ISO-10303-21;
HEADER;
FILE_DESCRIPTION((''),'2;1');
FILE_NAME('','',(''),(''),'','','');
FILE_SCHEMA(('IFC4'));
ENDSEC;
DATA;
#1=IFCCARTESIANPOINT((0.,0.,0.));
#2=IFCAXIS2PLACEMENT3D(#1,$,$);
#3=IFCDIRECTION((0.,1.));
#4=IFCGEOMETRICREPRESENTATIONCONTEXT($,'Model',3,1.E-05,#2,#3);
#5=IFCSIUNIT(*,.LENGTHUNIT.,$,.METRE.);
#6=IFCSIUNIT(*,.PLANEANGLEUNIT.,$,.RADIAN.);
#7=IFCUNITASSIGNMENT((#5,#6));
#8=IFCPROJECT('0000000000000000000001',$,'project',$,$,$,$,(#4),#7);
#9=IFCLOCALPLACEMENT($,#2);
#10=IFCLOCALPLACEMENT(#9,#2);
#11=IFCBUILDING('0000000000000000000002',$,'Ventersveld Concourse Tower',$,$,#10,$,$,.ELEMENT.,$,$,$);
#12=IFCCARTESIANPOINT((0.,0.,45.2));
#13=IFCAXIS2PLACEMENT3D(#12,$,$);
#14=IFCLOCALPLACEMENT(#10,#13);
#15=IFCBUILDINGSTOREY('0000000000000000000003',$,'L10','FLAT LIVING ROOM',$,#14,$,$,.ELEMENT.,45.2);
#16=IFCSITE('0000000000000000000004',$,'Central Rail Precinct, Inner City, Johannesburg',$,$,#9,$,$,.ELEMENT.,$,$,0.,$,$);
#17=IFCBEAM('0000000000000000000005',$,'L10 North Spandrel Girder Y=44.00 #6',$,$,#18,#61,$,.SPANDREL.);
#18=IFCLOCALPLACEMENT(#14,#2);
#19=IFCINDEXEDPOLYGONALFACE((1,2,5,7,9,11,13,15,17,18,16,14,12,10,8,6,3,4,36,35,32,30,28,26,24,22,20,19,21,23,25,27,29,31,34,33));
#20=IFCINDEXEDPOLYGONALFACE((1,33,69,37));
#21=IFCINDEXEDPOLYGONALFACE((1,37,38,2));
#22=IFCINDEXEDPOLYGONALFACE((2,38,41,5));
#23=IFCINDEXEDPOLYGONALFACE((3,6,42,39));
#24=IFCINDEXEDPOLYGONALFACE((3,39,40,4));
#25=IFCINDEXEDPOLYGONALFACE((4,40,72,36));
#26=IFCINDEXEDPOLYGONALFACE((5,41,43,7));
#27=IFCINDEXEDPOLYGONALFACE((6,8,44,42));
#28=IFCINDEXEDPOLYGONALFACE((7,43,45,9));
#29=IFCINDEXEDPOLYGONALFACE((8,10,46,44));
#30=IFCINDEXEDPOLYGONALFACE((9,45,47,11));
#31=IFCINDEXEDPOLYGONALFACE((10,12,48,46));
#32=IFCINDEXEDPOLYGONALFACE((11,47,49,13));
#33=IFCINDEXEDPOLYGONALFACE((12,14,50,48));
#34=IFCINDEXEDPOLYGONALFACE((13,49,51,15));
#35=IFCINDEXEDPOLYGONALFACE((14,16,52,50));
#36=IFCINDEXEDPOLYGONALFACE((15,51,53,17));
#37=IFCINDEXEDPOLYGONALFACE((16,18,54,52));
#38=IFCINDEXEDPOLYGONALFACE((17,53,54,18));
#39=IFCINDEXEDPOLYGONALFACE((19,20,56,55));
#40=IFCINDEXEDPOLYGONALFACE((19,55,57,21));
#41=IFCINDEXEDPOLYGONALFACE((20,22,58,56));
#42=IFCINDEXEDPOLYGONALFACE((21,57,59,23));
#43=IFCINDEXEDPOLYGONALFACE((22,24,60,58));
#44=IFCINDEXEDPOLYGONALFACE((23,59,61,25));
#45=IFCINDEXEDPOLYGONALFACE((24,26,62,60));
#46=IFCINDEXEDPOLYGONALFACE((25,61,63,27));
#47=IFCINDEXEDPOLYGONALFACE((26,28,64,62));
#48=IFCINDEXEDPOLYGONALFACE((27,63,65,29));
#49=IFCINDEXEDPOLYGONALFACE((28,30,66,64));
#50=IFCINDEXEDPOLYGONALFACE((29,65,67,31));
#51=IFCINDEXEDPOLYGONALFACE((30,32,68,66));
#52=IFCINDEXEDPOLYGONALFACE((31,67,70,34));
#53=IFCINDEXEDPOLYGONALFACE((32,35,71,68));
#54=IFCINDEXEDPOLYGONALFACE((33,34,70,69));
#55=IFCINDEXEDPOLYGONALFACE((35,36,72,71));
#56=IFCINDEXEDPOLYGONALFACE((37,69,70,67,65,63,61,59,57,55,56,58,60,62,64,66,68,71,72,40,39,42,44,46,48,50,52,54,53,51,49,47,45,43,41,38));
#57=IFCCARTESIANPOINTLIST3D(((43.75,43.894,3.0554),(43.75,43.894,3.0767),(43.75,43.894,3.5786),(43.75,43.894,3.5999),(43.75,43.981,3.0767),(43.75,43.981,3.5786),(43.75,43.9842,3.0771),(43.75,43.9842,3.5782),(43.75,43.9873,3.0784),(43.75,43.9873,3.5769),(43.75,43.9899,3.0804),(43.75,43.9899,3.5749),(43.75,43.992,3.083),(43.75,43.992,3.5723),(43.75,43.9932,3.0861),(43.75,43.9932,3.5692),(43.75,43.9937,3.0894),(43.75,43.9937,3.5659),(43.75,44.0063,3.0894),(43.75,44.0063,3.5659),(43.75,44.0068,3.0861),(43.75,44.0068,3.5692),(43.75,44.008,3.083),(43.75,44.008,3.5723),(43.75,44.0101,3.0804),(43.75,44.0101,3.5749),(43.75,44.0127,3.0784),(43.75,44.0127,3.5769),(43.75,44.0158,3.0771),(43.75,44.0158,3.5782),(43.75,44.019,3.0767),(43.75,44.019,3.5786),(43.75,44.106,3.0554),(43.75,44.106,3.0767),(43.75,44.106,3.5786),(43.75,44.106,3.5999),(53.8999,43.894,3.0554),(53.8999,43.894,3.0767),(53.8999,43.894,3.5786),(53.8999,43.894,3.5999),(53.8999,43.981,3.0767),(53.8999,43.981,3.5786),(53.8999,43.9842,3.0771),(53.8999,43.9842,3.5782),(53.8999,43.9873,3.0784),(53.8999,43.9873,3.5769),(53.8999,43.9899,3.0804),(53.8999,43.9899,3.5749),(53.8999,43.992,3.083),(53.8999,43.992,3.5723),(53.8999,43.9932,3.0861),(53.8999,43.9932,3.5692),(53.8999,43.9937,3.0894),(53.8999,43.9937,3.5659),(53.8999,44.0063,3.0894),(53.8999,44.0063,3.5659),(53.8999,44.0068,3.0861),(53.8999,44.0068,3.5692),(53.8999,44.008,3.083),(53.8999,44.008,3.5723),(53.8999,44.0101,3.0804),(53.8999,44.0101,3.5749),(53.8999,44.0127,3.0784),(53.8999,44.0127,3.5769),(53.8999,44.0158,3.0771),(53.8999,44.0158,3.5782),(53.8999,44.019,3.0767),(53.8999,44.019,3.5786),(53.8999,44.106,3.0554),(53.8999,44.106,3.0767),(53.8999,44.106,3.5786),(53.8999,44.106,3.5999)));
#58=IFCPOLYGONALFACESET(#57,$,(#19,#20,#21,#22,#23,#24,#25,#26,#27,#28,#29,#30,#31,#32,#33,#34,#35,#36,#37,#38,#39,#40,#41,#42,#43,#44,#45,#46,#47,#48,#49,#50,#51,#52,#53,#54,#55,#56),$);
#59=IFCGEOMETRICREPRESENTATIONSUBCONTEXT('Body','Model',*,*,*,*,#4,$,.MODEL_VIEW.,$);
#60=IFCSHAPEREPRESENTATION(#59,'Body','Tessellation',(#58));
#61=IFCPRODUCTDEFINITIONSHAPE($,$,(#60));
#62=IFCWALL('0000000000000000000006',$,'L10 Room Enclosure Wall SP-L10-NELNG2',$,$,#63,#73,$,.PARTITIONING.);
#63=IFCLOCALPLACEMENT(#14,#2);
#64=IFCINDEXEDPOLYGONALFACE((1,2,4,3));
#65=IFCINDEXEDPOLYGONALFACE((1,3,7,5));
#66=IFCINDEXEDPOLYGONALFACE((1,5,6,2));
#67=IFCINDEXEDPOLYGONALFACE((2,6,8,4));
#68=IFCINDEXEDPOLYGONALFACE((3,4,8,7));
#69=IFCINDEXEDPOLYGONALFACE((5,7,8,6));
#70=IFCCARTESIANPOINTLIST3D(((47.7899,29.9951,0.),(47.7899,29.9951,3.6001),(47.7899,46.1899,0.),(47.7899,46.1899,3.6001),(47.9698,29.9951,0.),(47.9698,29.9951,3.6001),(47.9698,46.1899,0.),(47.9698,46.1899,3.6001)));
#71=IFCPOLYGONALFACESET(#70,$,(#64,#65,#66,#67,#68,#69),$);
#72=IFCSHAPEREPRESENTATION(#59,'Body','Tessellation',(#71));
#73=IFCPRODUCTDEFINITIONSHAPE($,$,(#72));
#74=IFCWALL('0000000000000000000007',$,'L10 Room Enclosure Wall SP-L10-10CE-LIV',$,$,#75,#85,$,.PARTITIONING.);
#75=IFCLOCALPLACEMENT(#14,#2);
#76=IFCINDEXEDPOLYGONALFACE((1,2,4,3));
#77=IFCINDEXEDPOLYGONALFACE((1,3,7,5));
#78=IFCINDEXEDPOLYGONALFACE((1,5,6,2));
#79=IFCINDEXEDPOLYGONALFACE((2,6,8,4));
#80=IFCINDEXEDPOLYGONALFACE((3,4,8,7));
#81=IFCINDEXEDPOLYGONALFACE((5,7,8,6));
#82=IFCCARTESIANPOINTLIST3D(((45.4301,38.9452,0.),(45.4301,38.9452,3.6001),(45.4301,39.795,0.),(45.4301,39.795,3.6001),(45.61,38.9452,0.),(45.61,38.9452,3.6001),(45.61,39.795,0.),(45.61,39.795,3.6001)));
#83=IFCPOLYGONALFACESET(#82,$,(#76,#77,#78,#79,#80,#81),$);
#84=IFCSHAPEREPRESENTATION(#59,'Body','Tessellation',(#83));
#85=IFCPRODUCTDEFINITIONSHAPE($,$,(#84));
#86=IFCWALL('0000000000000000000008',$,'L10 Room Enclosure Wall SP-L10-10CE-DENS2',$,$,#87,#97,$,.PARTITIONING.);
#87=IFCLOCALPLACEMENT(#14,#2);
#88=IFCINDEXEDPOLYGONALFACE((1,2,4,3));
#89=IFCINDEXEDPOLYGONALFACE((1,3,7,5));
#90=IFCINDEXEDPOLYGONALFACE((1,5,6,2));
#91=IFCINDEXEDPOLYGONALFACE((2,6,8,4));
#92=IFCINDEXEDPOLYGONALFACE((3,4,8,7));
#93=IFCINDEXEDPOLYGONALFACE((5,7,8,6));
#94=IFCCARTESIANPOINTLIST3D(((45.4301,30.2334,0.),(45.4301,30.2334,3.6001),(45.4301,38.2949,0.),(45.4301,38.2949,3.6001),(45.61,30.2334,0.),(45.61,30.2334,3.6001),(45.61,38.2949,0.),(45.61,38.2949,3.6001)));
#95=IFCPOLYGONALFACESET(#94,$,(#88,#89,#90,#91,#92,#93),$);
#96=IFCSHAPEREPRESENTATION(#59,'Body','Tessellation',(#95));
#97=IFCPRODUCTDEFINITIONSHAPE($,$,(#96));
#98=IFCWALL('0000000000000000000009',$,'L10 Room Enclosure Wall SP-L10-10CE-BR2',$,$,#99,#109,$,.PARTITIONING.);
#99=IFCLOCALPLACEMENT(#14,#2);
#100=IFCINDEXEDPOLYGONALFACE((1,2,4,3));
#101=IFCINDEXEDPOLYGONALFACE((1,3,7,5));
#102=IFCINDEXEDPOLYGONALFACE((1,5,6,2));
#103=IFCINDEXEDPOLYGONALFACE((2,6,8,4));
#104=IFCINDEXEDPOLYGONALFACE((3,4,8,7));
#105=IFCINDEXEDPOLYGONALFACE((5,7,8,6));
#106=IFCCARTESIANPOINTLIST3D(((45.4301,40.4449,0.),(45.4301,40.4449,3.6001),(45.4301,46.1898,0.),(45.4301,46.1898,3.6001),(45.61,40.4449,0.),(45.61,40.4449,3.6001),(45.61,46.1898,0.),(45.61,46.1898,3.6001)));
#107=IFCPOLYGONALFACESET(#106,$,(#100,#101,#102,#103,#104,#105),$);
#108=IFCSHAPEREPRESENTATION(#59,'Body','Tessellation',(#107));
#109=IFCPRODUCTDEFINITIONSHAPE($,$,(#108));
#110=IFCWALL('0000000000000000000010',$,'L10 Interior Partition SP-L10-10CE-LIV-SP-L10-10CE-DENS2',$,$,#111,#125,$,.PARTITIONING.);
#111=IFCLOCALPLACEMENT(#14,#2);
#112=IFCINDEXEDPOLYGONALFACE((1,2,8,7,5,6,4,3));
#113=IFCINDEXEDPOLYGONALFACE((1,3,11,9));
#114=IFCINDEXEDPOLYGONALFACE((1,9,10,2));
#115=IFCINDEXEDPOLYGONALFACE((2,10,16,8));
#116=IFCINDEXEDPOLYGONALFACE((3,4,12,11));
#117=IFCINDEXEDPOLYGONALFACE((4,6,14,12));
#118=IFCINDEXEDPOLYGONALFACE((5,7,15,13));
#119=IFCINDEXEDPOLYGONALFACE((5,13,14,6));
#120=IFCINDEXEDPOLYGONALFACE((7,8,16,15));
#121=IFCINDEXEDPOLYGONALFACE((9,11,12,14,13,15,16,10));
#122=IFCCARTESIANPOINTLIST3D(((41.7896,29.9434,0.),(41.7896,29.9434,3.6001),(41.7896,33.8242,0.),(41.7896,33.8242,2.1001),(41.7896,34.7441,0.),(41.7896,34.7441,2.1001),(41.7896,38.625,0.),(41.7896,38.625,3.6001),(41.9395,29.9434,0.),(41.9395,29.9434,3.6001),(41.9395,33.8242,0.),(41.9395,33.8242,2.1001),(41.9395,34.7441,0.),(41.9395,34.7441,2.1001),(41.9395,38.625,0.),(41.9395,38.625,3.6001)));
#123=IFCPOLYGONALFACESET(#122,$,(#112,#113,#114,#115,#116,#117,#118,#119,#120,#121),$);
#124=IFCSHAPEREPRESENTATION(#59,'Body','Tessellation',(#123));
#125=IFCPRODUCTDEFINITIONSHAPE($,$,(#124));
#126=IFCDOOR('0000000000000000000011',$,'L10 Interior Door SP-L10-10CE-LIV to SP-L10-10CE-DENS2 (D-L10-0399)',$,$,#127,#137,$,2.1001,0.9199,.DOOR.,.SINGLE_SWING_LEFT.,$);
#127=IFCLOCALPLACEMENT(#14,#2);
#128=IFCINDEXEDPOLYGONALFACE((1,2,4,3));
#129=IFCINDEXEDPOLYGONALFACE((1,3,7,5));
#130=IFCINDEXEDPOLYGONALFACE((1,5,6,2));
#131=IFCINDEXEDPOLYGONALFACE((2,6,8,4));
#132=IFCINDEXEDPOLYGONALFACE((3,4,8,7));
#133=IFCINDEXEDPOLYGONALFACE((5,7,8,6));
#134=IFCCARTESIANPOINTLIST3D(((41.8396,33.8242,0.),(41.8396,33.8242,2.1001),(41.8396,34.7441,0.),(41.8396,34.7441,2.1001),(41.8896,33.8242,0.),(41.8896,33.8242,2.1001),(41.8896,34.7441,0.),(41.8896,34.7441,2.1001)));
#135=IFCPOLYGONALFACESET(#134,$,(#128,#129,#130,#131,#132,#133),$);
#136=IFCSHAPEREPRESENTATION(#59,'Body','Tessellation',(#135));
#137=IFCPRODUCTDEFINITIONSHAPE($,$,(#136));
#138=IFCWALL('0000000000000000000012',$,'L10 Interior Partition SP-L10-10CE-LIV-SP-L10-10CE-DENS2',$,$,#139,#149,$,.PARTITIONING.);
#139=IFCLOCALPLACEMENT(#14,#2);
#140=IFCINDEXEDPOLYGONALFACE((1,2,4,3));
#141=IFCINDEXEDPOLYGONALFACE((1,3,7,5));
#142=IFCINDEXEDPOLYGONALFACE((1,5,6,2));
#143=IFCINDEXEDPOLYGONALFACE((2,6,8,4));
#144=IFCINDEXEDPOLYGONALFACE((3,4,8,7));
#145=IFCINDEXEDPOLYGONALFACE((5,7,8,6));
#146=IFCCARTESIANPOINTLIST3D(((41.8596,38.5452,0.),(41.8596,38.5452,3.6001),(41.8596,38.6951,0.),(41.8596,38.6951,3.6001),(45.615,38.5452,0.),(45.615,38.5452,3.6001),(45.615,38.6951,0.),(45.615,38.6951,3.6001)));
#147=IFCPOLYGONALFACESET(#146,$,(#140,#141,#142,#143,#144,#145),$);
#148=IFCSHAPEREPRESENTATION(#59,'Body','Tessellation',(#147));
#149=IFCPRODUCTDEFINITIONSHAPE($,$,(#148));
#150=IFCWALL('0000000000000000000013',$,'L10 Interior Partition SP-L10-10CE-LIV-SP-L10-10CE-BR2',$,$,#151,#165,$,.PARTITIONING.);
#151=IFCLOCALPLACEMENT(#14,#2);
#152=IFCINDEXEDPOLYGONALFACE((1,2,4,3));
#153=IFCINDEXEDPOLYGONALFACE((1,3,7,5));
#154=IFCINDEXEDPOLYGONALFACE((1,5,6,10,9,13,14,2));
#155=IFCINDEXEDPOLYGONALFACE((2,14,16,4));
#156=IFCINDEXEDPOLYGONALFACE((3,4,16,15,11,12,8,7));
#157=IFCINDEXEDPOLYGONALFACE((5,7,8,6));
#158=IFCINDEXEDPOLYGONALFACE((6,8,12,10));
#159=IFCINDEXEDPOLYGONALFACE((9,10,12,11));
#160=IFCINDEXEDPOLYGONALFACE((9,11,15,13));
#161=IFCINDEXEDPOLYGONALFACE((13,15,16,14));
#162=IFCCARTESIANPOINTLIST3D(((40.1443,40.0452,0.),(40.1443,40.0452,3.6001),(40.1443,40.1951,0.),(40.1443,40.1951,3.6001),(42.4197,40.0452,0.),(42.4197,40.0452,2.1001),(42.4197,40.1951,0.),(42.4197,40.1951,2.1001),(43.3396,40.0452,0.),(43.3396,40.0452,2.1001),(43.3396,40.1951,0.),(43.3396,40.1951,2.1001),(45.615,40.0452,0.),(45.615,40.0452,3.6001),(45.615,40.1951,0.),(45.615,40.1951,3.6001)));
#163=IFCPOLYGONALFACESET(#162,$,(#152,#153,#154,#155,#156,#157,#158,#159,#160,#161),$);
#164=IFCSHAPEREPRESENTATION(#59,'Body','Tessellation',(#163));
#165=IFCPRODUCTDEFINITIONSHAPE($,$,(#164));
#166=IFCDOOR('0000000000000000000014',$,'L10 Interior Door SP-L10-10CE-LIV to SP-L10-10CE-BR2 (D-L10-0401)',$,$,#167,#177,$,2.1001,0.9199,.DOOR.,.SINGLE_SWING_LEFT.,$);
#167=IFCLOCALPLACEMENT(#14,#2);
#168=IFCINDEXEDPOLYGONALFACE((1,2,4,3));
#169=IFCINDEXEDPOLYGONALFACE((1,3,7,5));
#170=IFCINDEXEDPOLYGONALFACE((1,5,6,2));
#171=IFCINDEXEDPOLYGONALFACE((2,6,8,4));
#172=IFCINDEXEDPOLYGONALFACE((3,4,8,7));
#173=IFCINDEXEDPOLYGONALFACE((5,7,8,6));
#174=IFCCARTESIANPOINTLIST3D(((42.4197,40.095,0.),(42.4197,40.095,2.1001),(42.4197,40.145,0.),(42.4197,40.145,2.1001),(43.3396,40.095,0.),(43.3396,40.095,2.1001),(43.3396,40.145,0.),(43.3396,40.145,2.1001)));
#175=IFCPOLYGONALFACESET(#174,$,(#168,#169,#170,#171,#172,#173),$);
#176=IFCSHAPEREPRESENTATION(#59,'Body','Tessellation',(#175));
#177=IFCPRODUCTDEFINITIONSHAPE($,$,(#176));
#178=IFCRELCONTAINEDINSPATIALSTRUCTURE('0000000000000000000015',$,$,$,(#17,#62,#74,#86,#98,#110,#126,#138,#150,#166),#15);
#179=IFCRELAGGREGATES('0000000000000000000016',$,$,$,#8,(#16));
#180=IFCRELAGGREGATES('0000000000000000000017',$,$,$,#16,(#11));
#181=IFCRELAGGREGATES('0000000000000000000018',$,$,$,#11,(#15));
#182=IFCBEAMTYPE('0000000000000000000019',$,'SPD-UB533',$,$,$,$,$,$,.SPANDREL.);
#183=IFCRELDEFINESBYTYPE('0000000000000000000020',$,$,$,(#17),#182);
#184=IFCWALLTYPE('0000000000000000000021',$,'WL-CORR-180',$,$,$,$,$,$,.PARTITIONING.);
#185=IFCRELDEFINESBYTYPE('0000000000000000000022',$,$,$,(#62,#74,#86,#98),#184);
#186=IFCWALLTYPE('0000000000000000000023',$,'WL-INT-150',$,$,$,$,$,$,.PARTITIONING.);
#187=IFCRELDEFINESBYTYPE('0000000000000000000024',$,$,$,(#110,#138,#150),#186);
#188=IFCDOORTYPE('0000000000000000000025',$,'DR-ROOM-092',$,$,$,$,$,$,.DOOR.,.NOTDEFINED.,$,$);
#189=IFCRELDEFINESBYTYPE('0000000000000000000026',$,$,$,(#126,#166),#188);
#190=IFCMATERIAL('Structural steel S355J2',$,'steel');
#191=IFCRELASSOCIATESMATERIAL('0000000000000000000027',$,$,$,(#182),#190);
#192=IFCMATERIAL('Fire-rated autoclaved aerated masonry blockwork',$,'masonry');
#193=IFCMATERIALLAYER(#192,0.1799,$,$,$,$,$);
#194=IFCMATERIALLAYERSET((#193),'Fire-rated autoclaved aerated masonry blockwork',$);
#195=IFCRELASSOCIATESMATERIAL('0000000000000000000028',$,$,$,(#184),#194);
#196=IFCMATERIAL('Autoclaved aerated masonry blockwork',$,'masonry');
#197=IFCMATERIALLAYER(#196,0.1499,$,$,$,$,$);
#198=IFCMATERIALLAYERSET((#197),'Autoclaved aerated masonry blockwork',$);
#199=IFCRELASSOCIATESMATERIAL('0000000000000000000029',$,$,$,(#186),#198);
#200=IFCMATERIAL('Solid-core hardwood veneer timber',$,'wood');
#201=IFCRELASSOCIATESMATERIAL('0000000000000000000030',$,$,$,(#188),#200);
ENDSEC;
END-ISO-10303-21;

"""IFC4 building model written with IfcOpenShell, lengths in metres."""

from ifc_helpers import new_model, si_unit, direction, frame, frame_2d, origin, origin_2d, place, context, subcontext, project, spatial, rectangle, i_section, extrude, material, layer, layer_set, material_profile, profile_set, type_object, element, fill, save


model = new_model("IFC4")

# Units and contexts
model_context = context("Model", 3, precision=1e-05, world=origin(), true_north=direction((0.0, 1.0)))
body_context = subcontext(model_context, "Body", "Model", "MODEL_VIEW")
ifc_project = project(units=[si_unit("LENGTHUNIT", "METRE"), si_unit("PLANEANGLEUNIT", "RADIAN")], contexts=[model_context])

# Site, building, storey
site_placement = place(None, origin())
site = spatial("IfcSite", under=ifc_project, at=site_placement, Name="Central Rail Precinct, Inner City, Johannesburg", CompositionType="ELEMENT", RefElevation=0.0)
building_placement = place(site_placement, origin())
building = spatial("IfcBuilding", under=site, at=building_placement, Name="Ventersveld Concourse Tower", CompositionType="ELEMENT")
storey_placement = place(building_placement, frame((0.0, 0.0, 45.2)))
storey = spatial("IfcBuildingStorey", under=building, at=storey_placement, Name="L10", Description="FLAT LIVING ROOM", CompositionType="ELEMENT", Elevation=45.2)

# Beam
ifc_material_1 = material(Name="Structural steel S355J2", Category="steel")
ifc_material_profile_1 = material_profile(ifc_material_1, i_section(OverallWidth=0.2119, OverallDepth=0.5444, WebThickness=0.0127, FlangeThickness=0.0212, FilletRadius=0.0127, at=origin_2d()), Name="UB 533x210x122")
ifc_profile_set_1 = profile_set([ifc_material_profile_1], Name="Structural steel S355J2")
beam_type_1 = type_object("IfcBeamType", Name="SPD-UB533", PredefinedType="SPANDREL", material=ifc_profile_set_1)
beam_1_placement = place(storey_placement, frame((43.75, 44.0, 3.3276), z_axis=(1.0, 0.0, 0.0), x_axis=(0.0, 1.0, 0.0)))
element("IfcBeam", 1, at=beam_1_placement, inside=storey, type_object=beam_type_1, Name="L10 North Spandrel Girder Y=44.00 #6", PredefinedType="SPANDREL", context=body_context, shape_type="SweptSolid", body=[
    extrude(i_section(OverallWidth=0.2119, OverallDepth=0.5444, WebThickness=0.0127, FlangeThickness=0.0212, FilletRadius=0.0127, at=origin_2d()), origin(), (0.0, 0.0, 1.0), 10.1499),
])

# Walls
ifc_material_2 = material(Name="Fire-rated autoclaved aerated masonry blockwork", Category="masonry")
ifc_layer_1 = layer(ifc_material_2, 0.1799)
ifc_layer_set_1 = layer_set([ifc_layer_1], Name="Fire-rated autoclaved aerated masonry blockwork")
wall_type_1 = type_object("IfcWallType", Name="WL-CORR-180", PredefinedType="PARTITIONING", material=ifc_layer_set_1)
wall_1_placement = place(storey_placement, frame((47.8799, 29.9951, 0.0), z_axis=(0.0, 0.0, 1.0), x_axis=(0.0, 1.0, 0.0)))
element("IfcWall", 2, at=wall_1_placement, inside=storey, type_object=wall_type_1, Name="L10 Room Enclosure Wall SP-L10-NELNG2", PredefinedType="PARTITIONING", context=body_context, shape_type="SweptSolid", body=[
    extrude(rectangle(XDim=16.1948, YDim=0.1799, at=frame_2d((8.0974, 0.0))), origin(), (0.0, 0.0, 1.0), 3.6001),
])
wall_2_placement = place(storey_placement, frame((45.52, 39.7949, 0.0), z_axis=(0.0, 0.0, 1.0), x_axis=(0.0, -1.0, 0.0)))
element("IfcWall", 3, at=wall_2_placement, inside=storey, type_object=wall_type_1, Name="L10 Room Enclosure Wall SP-L10-10CE-LIV", PredefinedType="PARTITIONING", context=body_context, shape_type="SweptSolid", body=[
    extrude(rectangle(XDim=0.8499, YDim=0.1799, at=frame_2d((0.4248, 0.0))), origin(), (0.0, 0.0, 1.0), 3.6001),
])
wall_3_placement = place(storey_placement, frame((45.52, 38.2949, 0.0), z_axis=(0.0, 0.0, 1.0), x_axis=(0.0, -1.0, 0.0)))
element("IfcWall", 4, at=wall_3_placement, inside=storey, type_object=wall_type_1, Name="L10 Room Enclosure Wall SP-L10-10CE-DENS2", PredefinedType="PARTITIONING", context=body_context, shape_type="SweptSolid", body=[
    extrude(rectangle(XDim=8.0615, YDim=0.1799, at=frame_2d((4.0308, 0.0))), origin(), (0.0, 0.0, 1.0), 3.6001),
])
wall_4_placement = place(storey_placement, frame((45.52, 46.1899, 0.0), z_axis=(0.0, 0.0, 1.0), x_axis=(0.0, -1.0, 0.0)))
element("IfcWall", 5, at=wall_4_placement, inside=storey, type_object=wall_type_1, Name="L10 Room Enclosure Wall SP-L10-10CE-BR2", PredefinedType="PARTITIONING", context=body_context, shape_type="SweptSolid", body=[
    extrude(rectangle(XDim=5.7449, YDim=0.1799, at=frame_2d((2.8726, 0.0))), origin(), (0.0, 0.0, 1.0), 3.6001),
])

# Wall, opening, door
ifc_material_3 = material(Name="Autoclaved aerated masonry blockwork", Category="masonry")
ifc_layer_2 = layer(ifc_material_3, 0.1499)
ifc_layer_set_2 = layer_set([ifc_layer_2], Name="Autoclaved aerated masonry blockwork")
wall_type_2 = type_object("IfcWallType", Name="WL-INT-150", PredefinedType="PARTITIONING", material=ifc_layer_set_2)
wall_5_placement = place(storey_placement, frame((41.8645, 29.9434, 0.0), z_axis=(0.0, 0.0, 1.0), x_axis=(0.0, 1.0, 0.0)))
wall_5 = element("IfcWall", 6, at=wall_5_placement, inside=storey, type_object=wall_type_2, Name="L10 Interior Partition SP-L10-10CE-LIV-SP-L10-10CE-DENS2", PredefinedType="PARTITIONING", context=body_context, shape_type="SweptSolid", body=[
    extrude(rectangle(XDim=8.6816, YDim=0.1499, at=frame_2d((4.3408, 0.0))), origin(), (0.0, 0.0, 1.0), 3.6001),
])
opening_1_placement = place(wall_5_placement, frame((3.8809, 0.0, 0.0)))
opening_1 = element("IfcOpeningElement", 7, at=opening_1_placement, cuts=wall_5, PredefinedType="OPENING", context=body_context, shape_type="SweptSolid", body=[
    extrude(rectangle(XDim=0.9199, YDim=2.1001, at=frame_2d((0.46, 1.05))), frame((0.0, 0.085, 0.0), z_axis=(0.0, -1.0, 0.0), x_axis=(1.0, 0.0, 0.0)), (0.0, 0.0, 1.0), 0.1699),
])
ifc_material_4 = material(Name="Solid-core hardwood veneer timber", Category="wood")
door_type = type_object("IfcDoorType", Name="DR-ROOM-092", OperationType="NOTDEFINED", PredefinedType="DOOR", material=ifc_material_4)
door_1_placement = place(opening_1_placement, origin())
door_1 = element("IfcDoor", 8, at=door_1_placement, inside=storey, type_object=door_type, Name="L10 Interior Door SP-L10-10CE-LIV to SP-L10-10CE-DENS2 (D-L10-0399)", OperationType="SINGLE_SWING_LEFT", OverallHeight=2.1001, OverallWidth=0.9199, PredefinedType="DOOR", context=body_context, shape_type="SweptSolid", body=[
    extrude(rectangle(XDim=0.9199, YDim=2.1001, at=frame_2d((0.46, 1.05))), frame((0.0, 0.0249, 0.0), z_axis=(0.0, -1.0, 0.0), x_axis=(1.0, 0.0, 0.0)), (0.0, 0.0, 1.0), 0.05),
])
fill(opening_1, door_1)

# Wall
wall_6_placement = place(storey_placement, frame((41.8596, 38.6201, 0.0), z_axis=(0.0, 0.0, 1.0), x_axis=(1.0, 0.0, 0.0)))
element("IfcWall", 9, at=wall_6_placement, inside=storey, type_object=wall_type_2, Name="L10 Interior Partition SP-L10-10CE-LIV-SP-L10-10CE-DENS2", PredefinedType="PARTITIONING", context=body_context, shape_type="SweptSolid", body=[
    extrude(rectangle(XDim=3.7554, YDim=0.1499, at=frame_2d((1.8777, 0.0))), origin(), (0.0, 0.0, 1.0), 3.6001),
])

# Wall, opening, door
wall_7_placement = place(storey_placement, frame((40.1443, 40.1201, 0.0), z_axis=(0.0, 0.0, 1.0), x_axis=(1.0, 0.0, 0.0)))
wall_7 = element("IfcWall", 10, at=wall_7_placement, inside=storey, type_object=wall_type_2, Name="L10 Interior Partition SP-L10-10CE-LIV-SP-L10-10CE-BR2", PredefinedType="PARTITIONING", context=body_context, shape_type="SweptSolid", body=[
    extrude(rectangle(XDim=5.4707, YDim=0.1499, at=frame_2d((2.7354, 0.0))), origin(), (0.0, 0.0, 1.0), 3.6001),
])
opening_2_placement = place(wall_7_placement, frame((2.2754, 0.0, 0.0)))
opening_2 = element("IfcOpeningElement", 11, at=opening_2_placement, cuts=wall_7, PredefinedType="OPENING", context=body_context, shape_type="SweptSolid", body=[
    extrude(rectangle(XDim=0.9199, YDim=2.1001, at=frame_2d((0.46, 1.05))), frame((0.0, 0.085, 0.0), z_axis=(0.0, -1.0, 0.0), x_axis=(1.0, 0.0, 0.0)), (0.0, 0.0, 1.0), 0.1699),
])
door_2_placement = place(opening_2_placement, origin())
door_2 = element("IfcDoor", 12, at=door_2_placement, inside=storey, type_object=door_type, Name="L10 Interior Door SP-L10-10CE-LIV to SP-L10-10CE-BR2 (D-L10-0401)", OperationType="SINGLE_SWING_LEFT", OverallHeight=2.1001, OverallWidth=0.9199, PredefinedType="DOOR", context=body_context, shape_type="SweptSolid", body=[
    extrude(rectangle(XDim=0.9199, YDim=2.1001, at=frame_2d((0.46, 1.05))), frame((0.0, 0.0249, 0.0), z_axis=(0.0, -1.0, 0.0), x_axis=(1.0, 0.0, 0.0)), (0.0, 0.0, 1.0), 0.05),
])
fill(opening_2, door_2)

save(model, "model.ifc")
